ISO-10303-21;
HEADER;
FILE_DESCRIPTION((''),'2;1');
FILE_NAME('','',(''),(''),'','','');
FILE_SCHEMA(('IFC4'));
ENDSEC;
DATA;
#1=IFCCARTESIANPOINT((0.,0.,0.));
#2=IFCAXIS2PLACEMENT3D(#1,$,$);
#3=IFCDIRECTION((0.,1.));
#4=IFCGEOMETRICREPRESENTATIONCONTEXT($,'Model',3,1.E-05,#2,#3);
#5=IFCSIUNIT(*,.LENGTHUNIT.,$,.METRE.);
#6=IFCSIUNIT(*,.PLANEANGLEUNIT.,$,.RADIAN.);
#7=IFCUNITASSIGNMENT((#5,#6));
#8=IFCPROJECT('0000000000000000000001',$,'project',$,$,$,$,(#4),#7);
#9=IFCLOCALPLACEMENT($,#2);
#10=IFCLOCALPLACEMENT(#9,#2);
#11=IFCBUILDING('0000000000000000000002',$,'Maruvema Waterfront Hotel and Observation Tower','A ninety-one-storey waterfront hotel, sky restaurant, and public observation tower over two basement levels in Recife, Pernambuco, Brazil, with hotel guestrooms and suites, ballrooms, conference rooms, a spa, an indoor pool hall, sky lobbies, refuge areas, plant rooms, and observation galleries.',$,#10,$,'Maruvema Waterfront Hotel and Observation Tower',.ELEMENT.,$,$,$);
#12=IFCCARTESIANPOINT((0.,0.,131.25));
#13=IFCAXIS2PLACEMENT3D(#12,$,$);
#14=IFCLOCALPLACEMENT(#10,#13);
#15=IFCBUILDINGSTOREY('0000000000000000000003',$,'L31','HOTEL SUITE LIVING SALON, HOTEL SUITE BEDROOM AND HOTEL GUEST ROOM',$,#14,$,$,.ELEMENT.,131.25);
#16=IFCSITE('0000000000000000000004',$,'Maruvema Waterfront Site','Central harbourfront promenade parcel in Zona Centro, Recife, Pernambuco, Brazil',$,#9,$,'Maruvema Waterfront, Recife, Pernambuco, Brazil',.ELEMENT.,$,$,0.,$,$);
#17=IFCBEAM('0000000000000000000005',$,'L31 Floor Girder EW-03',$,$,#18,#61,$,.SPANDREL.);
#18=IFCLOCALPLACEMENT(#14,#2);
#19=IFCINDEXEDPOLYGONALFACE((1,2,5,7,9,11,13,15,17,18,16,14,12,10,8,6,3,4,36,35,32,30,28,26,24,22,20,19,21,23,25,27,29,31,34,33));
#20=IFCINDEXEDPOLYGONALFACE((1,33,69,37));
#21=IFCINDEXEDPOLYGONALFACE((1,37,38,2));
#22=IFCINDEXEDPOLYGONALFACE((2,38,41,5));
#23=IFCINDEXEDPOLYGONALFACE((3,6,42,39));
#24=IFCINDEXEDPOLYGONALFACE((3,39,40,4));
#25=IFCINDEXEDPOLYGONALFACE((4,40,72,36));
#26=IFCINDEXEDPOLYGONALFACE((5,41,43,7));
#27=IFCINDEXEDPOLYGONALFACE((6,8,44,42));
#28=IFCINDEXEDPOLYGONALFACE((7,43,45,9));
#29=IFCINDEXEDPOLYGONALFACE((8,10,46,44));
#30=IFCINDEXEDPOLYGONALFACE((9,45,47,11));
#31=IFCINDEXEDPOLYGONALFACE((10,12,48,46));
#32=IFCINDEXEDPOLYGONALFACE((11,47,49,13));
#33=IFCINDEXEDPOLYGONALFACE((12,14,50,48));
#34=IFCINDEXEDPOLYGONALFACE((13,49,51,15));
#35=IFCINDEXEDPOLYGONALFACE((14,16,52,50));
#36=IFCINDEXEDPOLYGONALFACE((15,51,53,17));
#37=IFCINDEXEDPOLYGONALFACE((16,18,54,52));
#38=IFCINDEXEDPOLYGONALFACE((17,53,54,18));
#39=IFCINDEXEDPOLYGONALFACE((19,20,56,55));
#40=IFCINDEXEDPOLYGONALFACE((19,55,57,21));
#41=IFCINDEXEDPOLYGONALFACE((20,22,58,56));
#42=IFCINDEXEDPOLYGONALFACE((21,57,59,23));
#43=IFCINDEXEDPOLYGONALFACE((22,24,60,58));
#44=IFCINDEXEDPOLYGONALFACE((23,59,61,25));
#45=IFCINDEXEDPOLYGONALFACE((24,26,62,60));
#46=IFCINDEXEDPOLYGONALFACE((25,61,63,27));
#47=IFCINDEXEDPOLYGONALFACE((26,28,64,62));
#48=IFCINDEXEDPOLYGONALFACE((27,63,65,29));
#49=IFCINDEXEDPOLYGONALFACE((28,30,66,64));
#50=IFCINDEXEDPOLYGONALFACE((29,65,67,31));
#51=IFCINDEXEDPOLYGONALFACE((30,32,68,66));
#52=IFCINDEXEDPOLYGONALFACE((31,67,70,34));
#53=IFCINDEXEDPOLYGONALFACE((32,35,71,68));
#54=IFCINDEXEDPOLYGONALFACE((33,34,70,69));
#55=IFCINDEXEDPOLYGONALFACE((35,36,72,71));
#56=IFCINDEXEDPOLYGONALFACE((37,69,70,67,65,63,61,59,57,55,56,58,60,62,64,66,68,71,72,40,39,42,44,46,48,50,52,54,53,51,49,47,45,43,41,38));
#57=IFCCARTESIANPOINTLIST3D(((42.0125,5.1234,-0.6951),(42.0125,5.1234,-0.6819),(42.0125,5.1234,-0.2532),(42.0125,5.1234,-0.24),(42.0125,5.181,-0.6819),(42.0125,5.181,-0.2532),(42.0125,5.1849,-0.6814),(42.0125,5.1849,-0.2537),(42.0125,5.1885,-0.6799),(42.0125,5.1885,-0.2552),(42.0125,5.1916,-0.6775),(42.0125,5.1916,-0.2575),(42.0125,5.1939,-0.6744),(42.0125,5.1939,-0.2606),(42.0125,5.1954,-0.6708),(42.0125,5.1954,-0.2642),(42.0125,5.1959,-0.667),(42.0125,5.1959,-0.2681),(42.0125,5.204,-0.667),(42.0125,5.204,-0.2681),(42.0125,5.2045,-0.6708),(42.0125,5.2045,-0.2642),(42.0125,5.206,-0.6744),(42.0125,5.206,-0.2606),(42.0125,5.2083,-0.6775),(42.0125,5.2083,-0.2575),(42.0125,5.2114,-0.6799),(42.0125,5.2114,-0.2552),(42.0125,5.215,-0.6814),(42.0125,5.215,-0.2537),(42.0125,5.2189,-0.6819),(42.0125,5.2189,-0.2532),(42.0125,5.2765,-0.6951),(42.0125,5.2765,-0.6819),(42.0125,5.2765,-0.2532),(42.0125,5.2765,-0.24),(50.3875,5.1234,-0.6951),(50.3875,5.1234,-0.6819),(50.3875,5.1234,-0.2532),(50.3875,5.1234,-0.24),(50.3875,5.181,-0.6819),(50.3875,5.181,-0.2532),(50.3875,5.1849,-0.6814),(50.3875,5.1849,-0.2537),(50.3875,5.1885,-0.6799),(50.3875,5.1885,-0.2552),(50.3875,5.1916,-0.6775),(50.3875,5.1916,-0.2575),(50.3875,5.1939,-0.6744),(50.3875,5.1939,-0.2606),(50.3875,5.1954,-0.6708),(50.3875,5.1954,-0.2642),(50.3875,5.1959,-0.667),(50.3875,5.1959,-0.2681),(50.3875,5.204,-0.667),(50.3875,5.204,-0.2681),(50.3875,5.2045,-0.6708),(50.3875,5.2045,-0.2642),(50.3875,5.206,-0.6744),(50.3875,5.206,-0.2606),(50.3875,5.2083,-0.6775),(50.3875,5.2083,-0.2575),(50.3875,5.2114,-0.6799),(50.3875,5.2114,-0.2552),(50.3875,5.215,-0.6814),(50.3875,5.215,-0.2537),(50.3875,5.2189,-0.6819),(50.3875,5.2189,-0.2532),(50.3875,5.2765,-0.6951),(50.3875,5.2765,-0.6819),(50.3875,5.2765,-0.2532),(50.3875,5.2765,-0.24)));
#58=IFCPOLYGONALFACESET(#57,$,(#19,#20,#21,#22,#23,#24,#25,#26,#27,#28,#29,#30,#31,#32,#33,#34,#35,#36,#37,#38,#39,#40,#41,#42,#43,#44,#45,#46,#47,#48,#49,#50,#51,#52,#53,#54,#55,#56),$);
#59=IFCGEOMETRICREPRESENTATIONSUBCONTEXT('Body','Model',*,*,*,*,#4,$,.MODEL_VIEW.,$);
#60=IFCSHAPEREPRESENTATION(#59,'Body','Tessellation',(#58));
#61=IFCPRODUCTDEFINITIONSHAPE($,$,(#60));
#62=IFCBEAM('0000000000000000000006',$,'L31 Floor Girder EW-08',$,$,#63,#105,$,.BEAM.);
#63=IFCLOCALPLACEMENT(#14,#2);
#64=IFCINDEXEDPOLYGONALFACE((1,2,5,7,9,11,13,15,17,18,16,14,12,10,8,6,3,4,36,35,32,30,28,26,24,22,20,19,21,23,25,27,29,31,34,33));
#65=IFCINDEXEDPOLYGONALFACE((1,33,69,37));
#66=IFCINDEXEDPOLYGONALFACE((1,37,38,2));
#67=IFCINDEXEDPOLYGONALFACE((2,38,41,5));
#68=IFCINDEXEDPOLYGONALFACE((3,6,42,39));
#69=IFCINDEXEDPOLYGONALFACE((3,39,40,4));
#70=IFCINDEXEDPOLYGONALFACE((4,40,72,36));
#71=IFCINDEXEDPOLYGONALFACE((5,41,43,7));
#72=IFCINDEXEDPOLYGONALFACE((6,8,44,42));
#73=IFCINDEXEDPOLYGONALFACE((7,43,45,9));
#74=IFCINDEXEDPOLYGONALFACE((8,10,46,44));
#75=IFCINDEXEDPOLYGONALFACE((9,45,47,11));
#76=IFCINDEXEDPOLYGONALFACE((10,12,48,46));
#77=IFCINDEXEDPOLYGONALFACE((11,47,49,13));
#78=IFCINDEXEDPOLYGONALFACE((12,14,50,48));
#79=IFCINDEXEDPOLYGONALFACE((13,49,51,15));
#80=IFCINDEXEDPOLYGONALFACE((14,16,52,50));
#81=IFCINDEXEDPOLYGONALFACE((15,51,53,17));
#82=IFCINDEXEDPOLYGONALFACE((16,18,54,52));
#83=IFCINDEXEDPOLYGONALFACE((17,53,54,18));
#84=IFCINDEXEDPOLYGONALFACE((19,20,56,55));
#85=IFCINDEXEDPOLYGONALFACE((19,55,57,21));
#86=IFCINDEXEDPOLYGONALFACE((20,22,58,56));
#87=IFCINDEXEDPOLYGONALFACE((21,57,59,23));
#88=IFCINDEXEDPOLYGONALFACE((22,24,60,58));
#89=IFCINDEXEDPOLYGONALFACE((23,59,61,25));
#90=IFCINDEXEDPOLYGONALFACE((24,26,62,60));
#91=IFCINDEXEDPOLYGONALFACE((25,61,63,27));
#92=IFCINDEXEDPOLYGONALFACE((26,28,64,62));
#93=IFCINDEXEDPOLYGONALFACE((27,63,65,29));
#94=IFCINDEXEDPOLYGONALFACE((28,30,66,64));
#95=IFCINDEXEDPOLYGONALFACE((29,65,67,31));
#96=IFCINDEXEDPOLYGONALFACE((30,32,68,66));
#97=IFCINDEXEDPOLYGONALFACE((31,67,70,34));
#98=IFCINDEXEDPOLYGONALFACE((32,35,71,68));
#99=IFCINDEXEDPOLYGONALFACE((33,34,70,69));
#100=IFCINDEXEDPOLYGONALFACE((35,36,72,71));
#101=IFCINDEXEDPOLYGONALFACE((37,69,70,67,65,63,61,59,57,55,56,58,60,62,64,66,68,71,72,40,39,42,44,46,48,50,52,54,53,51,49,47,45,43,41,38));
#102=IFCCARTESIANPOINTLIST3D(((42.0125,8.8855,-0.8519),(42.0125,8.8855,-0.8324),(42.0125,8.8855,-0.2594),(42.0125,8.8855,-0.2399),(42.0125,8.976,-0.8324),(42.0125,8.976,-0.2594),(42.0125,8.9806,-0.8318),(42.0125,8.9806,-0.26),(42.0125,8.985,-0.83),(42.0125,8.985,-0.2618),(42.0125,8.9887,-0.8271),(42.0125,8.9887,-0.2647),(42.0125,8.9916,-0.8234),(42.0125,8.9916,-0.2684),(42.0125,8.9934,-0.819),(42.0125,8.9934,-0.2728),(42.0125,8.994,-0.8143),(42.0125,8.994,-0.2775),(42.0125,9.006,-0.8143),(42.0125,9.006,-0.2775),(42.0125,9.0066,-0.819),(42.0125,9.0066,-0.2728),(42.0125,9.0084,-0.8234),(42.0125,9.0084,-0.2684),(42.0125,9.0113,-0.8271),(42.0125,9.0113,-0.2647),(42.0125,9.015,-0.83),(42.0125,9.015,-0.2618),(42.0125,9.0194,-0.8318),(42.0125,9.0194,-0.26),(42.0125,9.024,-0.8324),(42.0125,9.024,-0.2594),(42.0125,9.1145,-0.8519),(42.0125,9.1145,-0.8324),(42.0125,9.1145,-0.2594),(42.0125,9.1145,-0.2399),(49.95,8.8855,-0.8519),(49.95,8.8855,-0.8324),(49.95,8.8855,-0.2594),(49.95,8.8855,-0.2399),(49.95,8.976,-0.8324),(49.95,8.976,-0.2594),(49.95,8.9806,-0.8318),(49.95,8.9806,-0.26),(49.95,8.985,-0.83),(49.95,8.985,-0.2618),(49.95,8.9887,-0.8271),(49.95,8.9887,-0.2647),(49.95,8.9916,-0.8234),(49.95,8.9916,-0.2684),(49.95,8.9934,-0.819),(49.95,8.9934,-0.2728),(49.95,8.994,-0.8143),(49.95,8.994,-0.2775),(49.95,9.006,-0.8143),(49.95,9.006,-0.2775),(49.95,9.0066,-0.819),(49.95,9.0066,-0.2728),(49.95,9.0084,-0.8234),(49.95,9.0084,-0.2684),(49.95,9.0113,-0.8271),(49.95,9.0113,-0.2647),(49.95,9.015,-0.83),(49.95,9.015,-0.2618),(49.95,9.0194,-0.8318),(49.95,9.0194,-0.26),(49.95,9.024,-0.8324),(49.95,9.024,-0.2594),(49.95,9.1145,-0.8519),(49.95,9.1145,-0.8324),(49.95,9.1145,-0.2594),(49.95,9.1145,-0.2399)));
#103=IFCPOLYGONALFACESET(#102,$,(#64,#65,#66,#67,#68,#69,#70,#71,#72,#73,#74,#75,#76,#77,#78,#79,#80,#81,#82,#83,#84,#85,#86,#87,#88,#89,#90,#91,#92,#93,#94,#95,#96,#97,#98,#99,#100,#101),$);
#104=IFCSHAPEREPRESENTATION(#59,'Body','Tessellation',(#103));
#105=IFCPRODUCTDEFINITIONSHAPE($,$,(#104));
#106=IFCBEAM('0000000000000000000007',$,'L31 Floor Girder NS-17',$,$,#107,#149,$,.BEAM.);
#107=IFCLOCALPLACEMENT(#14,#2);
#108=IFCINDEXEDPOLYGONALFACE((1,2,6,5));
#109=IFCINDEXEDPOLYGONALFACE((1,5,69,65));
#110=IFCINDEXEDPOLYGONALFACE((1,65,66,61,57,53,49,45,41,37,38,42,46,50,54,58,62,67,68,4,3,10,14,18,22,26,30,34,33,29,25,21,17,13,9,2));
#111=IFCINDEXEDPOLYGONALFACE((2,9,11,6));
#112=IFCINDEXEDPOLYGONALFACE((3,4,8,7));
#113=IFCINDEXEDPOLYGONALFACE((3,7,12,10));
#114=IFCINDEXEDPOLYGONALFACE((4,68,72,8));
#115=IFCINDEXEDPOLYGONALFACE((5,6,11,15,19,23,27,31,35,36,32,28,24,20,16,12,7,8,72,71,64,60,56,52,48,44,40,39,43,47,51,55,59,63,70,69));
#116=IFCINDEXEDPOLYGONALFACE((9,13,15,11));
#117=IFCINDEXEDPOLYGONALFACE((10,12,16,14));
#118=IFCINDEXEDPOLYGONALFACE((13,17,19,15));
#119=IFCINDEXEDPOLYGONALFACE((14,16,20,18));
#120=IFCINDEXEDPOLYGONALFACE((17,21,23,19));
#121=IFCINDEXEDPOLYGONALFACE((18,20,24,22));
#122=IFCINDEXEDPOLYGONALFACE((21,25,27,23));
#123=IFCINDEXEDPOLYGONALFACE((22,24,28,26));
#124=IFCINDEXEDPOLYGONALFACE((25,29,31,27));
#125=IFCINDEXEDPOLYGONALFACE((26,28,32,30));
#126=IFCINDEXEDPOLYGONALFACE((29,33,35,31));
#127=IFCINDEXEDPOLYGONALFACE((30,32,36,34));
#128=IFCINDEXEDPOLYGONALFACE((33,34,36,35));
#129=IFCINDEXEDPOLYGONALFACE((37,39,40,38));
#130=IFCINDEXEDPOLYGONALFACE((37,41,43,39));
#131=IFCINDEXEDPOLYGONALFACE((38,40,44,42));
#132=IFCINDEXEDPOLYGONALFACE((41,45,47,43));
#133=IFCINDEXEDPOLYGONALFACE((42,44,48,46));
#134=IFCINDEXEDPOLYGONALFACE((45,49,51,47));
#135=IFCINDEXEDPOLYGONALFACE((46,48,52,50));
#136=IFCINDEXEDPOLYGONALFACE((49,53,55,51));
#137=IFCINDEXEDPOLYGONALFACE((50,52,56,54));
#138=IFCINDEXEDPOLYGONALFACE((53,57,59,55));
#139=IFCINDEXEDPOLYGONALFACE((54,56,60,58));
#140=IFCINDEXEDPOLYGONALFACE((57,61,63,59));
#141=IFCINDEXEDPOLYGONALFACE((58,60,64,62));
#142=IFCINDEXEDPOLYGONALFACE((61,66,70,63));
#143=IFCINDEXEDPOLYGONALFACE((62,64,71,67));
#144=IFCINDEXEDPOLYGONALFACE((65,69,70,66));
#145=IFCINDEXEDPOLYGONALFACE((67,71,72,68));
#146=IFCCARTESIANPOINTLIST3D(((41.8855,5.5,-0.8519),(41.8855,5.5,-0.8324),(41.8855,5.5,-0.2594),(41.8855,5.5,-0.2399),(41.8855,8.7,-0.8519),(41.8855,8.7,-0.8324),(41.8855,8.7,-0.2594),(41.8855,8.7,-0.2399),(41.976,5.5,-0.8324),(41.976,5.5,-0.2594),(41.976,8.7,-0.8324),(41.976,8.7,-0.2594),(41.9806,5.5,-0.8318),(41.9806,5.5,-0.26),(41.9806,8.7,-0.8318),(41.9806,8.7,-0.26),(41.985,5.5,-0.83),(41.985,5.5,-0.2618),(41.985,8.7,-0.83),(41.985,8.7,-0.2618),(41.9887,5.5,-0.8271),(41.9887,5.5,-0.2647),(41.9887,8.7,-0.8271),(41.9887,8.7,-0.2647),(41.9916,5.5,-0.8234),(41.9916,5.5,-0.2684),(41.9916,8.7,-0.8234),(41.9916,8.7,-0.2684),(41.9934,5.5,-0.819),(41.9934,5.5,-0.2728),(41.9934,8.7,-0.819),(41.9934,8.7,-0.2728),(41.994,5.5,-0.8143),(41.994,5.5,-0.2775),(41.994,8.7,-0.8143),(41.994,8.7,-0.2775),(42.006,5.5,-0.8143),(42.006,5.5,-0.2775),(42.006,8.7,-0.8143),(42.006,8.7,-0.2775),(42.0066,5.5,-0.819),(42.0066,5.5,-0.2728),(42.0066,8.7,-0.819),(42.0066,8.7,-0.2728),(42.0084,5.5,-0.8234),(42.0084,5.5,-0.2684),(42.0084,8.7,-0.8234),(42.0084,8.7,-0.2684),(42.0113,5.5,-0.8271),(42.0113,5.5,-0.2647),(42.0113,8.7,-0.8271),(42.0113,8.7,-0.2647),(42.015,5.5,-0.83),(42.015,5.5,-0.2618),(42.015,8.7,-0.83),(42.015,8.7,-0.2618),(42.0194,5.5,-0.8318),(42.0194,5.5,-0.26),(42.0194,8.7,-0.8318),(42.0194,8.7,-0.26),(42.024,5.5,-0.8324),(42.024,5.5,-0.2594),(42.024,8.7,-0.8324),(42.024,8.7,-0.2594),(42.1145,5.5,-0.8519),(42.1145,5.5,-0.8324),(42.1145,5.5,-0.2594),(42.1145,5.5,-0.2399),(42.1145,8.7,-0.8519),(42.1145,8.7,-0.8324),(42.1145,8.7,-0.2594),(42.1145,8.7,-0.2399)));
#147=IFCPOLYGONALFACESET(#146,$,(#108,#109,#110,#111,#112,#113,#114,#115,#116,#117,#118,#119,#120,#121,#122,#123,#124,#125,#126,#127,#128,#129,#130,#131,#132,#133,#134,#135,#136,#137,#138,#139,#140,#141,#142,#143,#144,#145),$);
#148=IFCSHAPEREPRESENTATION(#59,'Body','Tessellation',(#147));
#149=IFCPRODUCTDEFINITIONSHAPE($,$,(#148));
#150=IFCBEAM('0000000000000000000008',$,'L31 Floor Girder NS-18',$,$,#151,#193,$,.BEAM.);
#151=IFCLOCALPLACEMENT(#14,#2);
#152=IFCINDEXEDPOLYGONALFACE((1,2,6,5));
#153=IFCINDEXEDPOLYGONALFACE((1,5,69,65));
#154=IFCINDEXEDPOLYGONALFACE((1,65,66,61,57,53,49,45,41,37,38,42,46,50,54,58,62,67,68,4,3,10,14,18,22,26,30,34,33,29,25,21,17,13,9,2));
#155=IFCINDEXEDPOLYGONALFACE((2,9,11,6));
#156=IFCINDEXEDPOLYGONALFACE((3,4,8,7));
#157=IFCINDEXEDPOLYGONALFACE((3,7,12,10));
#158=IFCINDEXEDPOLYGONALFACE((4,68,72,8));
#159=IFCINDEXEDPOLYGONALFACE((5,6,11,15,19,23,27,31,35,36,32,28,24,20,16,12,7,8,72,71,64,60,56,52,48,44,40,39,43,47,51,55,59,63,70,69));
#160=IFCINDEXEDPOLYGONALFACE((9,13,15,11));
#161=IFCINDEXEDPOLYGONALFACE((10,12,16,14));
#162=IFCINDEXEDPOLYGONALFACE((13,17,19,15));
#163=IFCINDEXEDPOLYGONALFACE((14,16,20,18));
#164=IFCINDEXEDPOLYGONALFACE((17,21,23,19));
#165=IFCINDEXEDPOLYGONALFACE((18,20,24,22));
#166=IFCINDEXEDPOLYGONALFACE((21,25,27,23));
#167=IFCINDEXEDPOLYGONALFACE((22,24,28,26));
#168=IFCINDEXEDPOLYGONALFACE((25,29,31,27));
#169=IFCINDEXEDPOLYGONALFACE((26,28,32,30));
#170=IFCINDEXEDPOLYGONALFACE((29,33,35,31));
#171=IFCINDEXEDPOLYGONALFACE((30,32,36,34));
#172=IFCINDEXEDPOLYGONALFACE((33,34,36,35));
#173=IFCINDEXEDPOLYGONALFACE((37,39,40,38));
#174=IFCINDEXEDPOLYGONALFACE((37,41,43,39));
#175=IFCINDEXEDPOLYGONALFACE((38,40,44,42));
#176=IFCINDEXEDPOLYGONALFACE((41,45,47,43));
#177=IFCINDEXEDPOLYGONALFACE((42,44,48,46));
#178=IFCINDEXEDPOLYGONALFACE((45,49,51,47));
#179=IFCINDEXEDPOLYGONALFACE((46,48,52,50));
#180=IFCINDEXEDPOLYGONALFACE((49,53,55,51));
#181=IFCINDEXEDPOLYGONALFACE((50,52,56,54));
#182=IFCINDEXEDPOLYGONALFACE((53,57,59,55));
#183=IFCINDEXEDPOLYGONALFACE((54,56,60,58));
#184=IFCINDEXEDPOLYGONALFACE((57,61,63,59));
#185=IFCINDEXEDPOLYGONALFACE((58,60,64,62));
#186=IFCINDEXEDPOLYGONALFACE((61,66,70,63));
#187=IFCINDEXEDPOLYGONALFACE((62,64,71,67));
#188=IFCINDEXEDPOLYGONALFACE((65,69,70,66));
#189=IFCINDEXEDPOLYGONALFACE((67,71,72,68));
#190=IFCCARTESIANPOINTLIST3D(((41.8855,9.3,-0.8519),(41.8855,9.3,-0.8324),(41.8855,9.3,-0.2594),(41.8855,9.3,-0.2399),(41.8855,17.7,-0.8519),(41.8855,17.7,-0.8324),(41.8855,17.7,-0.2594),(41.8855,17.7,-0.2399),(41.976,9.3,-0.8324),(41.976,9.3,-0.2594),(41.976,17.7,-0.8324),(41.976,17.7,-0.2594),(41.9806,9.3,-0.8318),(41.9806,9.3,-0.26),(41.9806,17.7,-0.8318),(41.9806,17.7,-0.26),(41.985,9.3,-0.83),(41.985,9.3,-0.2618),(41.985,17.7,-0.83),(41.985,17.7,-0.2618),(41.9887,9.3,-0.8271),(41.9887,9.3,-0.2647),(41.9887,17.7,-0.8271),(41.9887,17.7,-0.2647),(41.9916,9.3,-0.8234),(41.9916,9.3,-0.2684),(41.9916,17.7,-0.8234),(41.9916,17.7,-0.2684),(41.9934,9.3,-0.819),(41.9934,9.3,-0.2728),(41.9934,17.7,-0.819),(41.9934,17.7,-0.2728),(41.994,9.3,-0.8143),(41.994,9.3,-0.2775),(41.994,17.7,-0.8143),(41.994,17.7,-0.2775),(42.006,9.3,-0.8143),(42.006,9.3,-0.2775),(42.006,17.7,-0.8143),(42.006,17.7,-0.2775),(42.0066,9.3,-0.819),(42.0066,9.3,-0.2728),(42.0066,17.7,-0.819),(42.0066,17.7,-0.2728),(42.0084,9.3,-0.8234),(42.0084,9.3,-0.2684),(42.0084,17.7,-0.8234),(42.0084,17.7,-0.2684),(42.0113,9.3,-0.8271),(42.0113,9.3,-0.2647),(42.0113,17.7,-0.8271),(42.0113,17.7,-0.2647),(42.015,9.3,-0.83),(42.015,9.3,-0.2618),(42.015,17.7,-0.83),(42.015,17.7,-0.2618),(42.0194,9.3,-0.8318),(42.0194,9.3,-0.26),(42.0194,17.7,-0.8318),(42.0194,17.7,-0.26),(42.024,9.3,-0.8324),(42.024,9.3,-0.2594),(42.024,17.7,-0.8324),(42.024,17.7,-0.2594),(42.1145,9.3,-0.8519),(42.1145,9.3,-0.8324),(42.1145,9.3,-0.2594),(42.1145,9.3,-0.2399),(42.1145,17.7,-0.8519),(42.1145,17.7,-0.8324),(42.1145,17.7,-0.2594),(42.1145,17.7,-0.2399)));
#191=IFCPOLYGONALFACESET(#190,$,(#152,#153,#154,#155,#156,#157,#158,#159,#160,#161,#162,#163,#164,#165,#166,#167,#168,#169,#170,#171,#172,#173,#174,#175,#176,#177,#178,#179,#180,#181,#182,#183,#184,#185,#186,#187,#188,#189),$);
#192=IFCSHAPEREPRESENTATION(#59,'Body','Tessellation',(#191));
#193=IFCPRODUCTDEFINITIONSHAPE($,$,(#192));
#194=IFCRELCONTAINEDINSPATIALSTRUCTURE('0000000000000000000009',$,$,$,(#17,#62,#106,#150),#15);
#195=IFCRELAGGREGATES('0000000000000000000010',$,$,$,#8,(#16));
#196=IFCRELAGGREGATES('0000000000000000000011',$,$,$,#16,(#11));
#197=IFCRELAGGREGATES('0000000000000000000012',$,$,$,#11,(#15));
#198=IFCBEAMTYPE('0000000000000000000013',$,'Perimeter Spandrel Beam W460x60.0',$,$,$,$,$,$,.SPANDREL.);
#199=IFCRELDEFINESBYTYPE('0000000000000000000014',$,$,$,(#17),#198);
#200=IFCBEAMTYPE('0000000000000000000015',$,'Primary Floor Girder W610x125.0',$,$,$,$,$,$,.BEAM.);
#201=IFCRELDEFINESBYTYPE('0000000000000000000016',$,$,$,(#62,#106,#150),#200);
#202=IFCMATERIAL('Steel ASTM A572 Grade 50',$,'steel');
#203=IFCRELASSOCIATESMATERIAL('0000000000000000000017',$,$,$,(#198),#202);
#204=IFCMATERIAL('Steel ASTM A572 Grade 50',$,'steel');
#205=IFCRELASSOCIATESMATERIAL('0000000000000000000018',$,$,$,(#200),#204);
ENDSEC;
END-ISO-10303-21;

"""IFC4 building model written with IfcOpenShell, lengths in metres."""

from ifc_helpers import new_model, si_unit, direction, frame, origin, origin_2d, place, context, subcontext, project, spatial, i_section, extrude, material, material_profile, profile_set, type_object, element, save


model = new_model("IFC4")

# Units and contexts
model_context = context("Model", 3, precision=1e-05, world=origin(), true_north=direction((0.0, 1.0)))
body_context = subcontext(model_context, "Body", "Model", "MODEL_VIEW")
ifc_project = project(units=[si_unit("LENGTHUNIT", "METRE"), si_unit("PLANEANGLEUNIT", "RADIAN")], contexts=[model_context])

# Site, building, storey
site_placement = place(None, origin())
site = spatial("IfcSite", under=ifc_project, at=site_placement, Name="Maruvema Waterfront Site", Description="Central harbourfront promenade parcel in Zona Centro, Recife, Pernambuco, Brazil", LongName="Maruvema Waterfront, Recife, Pernambuco, Brazil", CompositionType="ELEMENT", RefElevation=0.0)
building_placement = place(site_placement, origin())
building = spatial("IfcBuilding", under=site, at=building_placement, Name="Maruvema Waterfront Hotel and Observation Tower", Description="A ninety-one-storey waterfront hotel, sky restaurant, and public observation tower over two basement levels in Recife, Pernambuco, Brazil, with hotel guestrooms and suites, ballrooms, conference rooms, a spa, an indoor pool hall, sky lobbies, refuge areas, plant rooms, and observation galleries.", LongName="Maruvema Waterfront Hotel and Observation Tower", CompositionType="ELEMENT")
storey_placement = place(building_placement, frame((0.0, 0.0, 131.25)))
storey = spatial("IfcBuildingStorey", under=building, at=storey_placement, Name="L31", Description="HOTEL SUITE LIVING SALON, HOTEL SUITE BEDROOM AND HOTEL GUEST ROOM", CompositionType="ELEMENT", Elevation=131.25)

# Beams
ifc_material_1 = material(Name="Steel ASTM A572 Grade 50", Category="steel")
ifc_material_profile_1 = material_profile(ifc_material_1, i_section(OverallWidth=0.1531, OverallDepth=0.4551, WebThickness=0.0081, FlangeThickness=0.0132, FilletRadius=0.0149, at=origin_2d()), Name="W460x60.0")
ifc_profile_set_1 = profile_set([ifc_material_profile_1], Name="Steel ASTM A572 Grade 50")
beam_type_1 = type_object("IfcBeamType", Name="Perimeter Spandrel Beam W460x60.0", PredefinedType="SPANDREL", material=ifc_profile_set_1)
beam_1_placement = place(storey_placement, frame((42.0125, 5.2, -0.4675), z_axis=(1.0, 0.0, 0.0), x_axis=(0.0, 1.0, 0.0)))
element("IfcBeam", 1, at=beam_1_placement, inside=storey, type_object=beam_type_1, Name="L31 Floor Girder EW-03", PredefinedType="SPANDREL", context=body_context, shape_type="SweptSolid", body=[
    extrude(i_section(OverallWidth=0.1531, OverallDepth=0.4551, WebThickness=0.0081, FlangeThickness=0.0132, FilletRadius=0.0149, at=origin_2d()), origin(), (0.0, 0.0, 1.0), 8.375),
])
ifc_material_2 = material(Name="Steel ASTM A572 Grade 50", Category="steel")
ifc_material_profile_2 = material_profile(ifc_material_2, i_section(OverallWidth=0.229, OverallDepth=0.6121, WebThickness=0.012, FlangeThickness=0.0195, FilletRadius=0.0181, at=origin_2d()), Name="W610x125.0")
ifc_profile_set_2 = profile_set([ifc_material_profile_2], Name="Steel ASTM A572 Grade 50")
beam_type_2 = type_object("IfcBeamType", Name="Primary Floor Girder W610x125.0", PredefinedType="BEAM", material=ifc_profile_set_2)
beam_2_placement = place(storey_placement, frame((42.0125, 9.0, -0.5459), z_axis=(1.0, 0.0, 0.0), x_axis=(0.0, 1.0, 0.0)))
element("IfcBeam", 2, at=beam_2_placement, inside=storey, type_object=beam_type_2, Name="L31 Floor Girder EW-08", PredefinedType="BEAM", context=body_context, shape_type="SweptSolid", body=[
    extrude(i_section(OverallWidth=0.229, OverallDepth=0.6121, WebThickness=0.012, FlangeThickness=0.0195, FilletRadius=0.0181, at=origin_2d()), origin(), (0.0, 0.0, 1.0), 7.9375),
])
beam_3_placement = place(storey_placement, frame((42.0, 5.5, -0.5459), z_axis=(0.0, 1.0, 0.0), x_axis=(-1.0, 0.0, 0.0)))
element("IfcBeam", 3, at=beam_3_placement, inside=storey, type_object=beam_type_2, Name="L31 Floor Girder NS-17", PredefinedType="BEAM", context=body_context, shape_type="SweptSolid", body=[
    extrude(i_section(OverallWidth=0.229, OverallDepth=0.6121, WebThickness=0.012, FlangeThickness=0.0195, FilletRadius=0.0181, at=origin_2d()), origin(), (0.0, 0.0, 1.0), 3.2),
])
beam_4_placement = place(storey_placement, frame((42.0, 9.3, -0.5459), z_axis=(0.0, 1.0, 0.0), x_axis=(-1.0, 0.0, 0.0)))
element("IfcBeam", 4, at=beam_4_placement, inside=storey, type_object=beam_type_2, Name="L31 Floor Girder NS-18", PredefinedType="BEAM", context=body_context, shape_type="SweptSolid", body=[
    extrude(i_section(OverallWidth=0.229, OverallDepth=0.6121, WebThickness=0.012, FlangeThickness=0.0195, FilletRadius=0.0181, at=origin_2d()), origin(), (0.0, 0.0, 1.0), 8.3999),
])

save(model, "model.ifc")
